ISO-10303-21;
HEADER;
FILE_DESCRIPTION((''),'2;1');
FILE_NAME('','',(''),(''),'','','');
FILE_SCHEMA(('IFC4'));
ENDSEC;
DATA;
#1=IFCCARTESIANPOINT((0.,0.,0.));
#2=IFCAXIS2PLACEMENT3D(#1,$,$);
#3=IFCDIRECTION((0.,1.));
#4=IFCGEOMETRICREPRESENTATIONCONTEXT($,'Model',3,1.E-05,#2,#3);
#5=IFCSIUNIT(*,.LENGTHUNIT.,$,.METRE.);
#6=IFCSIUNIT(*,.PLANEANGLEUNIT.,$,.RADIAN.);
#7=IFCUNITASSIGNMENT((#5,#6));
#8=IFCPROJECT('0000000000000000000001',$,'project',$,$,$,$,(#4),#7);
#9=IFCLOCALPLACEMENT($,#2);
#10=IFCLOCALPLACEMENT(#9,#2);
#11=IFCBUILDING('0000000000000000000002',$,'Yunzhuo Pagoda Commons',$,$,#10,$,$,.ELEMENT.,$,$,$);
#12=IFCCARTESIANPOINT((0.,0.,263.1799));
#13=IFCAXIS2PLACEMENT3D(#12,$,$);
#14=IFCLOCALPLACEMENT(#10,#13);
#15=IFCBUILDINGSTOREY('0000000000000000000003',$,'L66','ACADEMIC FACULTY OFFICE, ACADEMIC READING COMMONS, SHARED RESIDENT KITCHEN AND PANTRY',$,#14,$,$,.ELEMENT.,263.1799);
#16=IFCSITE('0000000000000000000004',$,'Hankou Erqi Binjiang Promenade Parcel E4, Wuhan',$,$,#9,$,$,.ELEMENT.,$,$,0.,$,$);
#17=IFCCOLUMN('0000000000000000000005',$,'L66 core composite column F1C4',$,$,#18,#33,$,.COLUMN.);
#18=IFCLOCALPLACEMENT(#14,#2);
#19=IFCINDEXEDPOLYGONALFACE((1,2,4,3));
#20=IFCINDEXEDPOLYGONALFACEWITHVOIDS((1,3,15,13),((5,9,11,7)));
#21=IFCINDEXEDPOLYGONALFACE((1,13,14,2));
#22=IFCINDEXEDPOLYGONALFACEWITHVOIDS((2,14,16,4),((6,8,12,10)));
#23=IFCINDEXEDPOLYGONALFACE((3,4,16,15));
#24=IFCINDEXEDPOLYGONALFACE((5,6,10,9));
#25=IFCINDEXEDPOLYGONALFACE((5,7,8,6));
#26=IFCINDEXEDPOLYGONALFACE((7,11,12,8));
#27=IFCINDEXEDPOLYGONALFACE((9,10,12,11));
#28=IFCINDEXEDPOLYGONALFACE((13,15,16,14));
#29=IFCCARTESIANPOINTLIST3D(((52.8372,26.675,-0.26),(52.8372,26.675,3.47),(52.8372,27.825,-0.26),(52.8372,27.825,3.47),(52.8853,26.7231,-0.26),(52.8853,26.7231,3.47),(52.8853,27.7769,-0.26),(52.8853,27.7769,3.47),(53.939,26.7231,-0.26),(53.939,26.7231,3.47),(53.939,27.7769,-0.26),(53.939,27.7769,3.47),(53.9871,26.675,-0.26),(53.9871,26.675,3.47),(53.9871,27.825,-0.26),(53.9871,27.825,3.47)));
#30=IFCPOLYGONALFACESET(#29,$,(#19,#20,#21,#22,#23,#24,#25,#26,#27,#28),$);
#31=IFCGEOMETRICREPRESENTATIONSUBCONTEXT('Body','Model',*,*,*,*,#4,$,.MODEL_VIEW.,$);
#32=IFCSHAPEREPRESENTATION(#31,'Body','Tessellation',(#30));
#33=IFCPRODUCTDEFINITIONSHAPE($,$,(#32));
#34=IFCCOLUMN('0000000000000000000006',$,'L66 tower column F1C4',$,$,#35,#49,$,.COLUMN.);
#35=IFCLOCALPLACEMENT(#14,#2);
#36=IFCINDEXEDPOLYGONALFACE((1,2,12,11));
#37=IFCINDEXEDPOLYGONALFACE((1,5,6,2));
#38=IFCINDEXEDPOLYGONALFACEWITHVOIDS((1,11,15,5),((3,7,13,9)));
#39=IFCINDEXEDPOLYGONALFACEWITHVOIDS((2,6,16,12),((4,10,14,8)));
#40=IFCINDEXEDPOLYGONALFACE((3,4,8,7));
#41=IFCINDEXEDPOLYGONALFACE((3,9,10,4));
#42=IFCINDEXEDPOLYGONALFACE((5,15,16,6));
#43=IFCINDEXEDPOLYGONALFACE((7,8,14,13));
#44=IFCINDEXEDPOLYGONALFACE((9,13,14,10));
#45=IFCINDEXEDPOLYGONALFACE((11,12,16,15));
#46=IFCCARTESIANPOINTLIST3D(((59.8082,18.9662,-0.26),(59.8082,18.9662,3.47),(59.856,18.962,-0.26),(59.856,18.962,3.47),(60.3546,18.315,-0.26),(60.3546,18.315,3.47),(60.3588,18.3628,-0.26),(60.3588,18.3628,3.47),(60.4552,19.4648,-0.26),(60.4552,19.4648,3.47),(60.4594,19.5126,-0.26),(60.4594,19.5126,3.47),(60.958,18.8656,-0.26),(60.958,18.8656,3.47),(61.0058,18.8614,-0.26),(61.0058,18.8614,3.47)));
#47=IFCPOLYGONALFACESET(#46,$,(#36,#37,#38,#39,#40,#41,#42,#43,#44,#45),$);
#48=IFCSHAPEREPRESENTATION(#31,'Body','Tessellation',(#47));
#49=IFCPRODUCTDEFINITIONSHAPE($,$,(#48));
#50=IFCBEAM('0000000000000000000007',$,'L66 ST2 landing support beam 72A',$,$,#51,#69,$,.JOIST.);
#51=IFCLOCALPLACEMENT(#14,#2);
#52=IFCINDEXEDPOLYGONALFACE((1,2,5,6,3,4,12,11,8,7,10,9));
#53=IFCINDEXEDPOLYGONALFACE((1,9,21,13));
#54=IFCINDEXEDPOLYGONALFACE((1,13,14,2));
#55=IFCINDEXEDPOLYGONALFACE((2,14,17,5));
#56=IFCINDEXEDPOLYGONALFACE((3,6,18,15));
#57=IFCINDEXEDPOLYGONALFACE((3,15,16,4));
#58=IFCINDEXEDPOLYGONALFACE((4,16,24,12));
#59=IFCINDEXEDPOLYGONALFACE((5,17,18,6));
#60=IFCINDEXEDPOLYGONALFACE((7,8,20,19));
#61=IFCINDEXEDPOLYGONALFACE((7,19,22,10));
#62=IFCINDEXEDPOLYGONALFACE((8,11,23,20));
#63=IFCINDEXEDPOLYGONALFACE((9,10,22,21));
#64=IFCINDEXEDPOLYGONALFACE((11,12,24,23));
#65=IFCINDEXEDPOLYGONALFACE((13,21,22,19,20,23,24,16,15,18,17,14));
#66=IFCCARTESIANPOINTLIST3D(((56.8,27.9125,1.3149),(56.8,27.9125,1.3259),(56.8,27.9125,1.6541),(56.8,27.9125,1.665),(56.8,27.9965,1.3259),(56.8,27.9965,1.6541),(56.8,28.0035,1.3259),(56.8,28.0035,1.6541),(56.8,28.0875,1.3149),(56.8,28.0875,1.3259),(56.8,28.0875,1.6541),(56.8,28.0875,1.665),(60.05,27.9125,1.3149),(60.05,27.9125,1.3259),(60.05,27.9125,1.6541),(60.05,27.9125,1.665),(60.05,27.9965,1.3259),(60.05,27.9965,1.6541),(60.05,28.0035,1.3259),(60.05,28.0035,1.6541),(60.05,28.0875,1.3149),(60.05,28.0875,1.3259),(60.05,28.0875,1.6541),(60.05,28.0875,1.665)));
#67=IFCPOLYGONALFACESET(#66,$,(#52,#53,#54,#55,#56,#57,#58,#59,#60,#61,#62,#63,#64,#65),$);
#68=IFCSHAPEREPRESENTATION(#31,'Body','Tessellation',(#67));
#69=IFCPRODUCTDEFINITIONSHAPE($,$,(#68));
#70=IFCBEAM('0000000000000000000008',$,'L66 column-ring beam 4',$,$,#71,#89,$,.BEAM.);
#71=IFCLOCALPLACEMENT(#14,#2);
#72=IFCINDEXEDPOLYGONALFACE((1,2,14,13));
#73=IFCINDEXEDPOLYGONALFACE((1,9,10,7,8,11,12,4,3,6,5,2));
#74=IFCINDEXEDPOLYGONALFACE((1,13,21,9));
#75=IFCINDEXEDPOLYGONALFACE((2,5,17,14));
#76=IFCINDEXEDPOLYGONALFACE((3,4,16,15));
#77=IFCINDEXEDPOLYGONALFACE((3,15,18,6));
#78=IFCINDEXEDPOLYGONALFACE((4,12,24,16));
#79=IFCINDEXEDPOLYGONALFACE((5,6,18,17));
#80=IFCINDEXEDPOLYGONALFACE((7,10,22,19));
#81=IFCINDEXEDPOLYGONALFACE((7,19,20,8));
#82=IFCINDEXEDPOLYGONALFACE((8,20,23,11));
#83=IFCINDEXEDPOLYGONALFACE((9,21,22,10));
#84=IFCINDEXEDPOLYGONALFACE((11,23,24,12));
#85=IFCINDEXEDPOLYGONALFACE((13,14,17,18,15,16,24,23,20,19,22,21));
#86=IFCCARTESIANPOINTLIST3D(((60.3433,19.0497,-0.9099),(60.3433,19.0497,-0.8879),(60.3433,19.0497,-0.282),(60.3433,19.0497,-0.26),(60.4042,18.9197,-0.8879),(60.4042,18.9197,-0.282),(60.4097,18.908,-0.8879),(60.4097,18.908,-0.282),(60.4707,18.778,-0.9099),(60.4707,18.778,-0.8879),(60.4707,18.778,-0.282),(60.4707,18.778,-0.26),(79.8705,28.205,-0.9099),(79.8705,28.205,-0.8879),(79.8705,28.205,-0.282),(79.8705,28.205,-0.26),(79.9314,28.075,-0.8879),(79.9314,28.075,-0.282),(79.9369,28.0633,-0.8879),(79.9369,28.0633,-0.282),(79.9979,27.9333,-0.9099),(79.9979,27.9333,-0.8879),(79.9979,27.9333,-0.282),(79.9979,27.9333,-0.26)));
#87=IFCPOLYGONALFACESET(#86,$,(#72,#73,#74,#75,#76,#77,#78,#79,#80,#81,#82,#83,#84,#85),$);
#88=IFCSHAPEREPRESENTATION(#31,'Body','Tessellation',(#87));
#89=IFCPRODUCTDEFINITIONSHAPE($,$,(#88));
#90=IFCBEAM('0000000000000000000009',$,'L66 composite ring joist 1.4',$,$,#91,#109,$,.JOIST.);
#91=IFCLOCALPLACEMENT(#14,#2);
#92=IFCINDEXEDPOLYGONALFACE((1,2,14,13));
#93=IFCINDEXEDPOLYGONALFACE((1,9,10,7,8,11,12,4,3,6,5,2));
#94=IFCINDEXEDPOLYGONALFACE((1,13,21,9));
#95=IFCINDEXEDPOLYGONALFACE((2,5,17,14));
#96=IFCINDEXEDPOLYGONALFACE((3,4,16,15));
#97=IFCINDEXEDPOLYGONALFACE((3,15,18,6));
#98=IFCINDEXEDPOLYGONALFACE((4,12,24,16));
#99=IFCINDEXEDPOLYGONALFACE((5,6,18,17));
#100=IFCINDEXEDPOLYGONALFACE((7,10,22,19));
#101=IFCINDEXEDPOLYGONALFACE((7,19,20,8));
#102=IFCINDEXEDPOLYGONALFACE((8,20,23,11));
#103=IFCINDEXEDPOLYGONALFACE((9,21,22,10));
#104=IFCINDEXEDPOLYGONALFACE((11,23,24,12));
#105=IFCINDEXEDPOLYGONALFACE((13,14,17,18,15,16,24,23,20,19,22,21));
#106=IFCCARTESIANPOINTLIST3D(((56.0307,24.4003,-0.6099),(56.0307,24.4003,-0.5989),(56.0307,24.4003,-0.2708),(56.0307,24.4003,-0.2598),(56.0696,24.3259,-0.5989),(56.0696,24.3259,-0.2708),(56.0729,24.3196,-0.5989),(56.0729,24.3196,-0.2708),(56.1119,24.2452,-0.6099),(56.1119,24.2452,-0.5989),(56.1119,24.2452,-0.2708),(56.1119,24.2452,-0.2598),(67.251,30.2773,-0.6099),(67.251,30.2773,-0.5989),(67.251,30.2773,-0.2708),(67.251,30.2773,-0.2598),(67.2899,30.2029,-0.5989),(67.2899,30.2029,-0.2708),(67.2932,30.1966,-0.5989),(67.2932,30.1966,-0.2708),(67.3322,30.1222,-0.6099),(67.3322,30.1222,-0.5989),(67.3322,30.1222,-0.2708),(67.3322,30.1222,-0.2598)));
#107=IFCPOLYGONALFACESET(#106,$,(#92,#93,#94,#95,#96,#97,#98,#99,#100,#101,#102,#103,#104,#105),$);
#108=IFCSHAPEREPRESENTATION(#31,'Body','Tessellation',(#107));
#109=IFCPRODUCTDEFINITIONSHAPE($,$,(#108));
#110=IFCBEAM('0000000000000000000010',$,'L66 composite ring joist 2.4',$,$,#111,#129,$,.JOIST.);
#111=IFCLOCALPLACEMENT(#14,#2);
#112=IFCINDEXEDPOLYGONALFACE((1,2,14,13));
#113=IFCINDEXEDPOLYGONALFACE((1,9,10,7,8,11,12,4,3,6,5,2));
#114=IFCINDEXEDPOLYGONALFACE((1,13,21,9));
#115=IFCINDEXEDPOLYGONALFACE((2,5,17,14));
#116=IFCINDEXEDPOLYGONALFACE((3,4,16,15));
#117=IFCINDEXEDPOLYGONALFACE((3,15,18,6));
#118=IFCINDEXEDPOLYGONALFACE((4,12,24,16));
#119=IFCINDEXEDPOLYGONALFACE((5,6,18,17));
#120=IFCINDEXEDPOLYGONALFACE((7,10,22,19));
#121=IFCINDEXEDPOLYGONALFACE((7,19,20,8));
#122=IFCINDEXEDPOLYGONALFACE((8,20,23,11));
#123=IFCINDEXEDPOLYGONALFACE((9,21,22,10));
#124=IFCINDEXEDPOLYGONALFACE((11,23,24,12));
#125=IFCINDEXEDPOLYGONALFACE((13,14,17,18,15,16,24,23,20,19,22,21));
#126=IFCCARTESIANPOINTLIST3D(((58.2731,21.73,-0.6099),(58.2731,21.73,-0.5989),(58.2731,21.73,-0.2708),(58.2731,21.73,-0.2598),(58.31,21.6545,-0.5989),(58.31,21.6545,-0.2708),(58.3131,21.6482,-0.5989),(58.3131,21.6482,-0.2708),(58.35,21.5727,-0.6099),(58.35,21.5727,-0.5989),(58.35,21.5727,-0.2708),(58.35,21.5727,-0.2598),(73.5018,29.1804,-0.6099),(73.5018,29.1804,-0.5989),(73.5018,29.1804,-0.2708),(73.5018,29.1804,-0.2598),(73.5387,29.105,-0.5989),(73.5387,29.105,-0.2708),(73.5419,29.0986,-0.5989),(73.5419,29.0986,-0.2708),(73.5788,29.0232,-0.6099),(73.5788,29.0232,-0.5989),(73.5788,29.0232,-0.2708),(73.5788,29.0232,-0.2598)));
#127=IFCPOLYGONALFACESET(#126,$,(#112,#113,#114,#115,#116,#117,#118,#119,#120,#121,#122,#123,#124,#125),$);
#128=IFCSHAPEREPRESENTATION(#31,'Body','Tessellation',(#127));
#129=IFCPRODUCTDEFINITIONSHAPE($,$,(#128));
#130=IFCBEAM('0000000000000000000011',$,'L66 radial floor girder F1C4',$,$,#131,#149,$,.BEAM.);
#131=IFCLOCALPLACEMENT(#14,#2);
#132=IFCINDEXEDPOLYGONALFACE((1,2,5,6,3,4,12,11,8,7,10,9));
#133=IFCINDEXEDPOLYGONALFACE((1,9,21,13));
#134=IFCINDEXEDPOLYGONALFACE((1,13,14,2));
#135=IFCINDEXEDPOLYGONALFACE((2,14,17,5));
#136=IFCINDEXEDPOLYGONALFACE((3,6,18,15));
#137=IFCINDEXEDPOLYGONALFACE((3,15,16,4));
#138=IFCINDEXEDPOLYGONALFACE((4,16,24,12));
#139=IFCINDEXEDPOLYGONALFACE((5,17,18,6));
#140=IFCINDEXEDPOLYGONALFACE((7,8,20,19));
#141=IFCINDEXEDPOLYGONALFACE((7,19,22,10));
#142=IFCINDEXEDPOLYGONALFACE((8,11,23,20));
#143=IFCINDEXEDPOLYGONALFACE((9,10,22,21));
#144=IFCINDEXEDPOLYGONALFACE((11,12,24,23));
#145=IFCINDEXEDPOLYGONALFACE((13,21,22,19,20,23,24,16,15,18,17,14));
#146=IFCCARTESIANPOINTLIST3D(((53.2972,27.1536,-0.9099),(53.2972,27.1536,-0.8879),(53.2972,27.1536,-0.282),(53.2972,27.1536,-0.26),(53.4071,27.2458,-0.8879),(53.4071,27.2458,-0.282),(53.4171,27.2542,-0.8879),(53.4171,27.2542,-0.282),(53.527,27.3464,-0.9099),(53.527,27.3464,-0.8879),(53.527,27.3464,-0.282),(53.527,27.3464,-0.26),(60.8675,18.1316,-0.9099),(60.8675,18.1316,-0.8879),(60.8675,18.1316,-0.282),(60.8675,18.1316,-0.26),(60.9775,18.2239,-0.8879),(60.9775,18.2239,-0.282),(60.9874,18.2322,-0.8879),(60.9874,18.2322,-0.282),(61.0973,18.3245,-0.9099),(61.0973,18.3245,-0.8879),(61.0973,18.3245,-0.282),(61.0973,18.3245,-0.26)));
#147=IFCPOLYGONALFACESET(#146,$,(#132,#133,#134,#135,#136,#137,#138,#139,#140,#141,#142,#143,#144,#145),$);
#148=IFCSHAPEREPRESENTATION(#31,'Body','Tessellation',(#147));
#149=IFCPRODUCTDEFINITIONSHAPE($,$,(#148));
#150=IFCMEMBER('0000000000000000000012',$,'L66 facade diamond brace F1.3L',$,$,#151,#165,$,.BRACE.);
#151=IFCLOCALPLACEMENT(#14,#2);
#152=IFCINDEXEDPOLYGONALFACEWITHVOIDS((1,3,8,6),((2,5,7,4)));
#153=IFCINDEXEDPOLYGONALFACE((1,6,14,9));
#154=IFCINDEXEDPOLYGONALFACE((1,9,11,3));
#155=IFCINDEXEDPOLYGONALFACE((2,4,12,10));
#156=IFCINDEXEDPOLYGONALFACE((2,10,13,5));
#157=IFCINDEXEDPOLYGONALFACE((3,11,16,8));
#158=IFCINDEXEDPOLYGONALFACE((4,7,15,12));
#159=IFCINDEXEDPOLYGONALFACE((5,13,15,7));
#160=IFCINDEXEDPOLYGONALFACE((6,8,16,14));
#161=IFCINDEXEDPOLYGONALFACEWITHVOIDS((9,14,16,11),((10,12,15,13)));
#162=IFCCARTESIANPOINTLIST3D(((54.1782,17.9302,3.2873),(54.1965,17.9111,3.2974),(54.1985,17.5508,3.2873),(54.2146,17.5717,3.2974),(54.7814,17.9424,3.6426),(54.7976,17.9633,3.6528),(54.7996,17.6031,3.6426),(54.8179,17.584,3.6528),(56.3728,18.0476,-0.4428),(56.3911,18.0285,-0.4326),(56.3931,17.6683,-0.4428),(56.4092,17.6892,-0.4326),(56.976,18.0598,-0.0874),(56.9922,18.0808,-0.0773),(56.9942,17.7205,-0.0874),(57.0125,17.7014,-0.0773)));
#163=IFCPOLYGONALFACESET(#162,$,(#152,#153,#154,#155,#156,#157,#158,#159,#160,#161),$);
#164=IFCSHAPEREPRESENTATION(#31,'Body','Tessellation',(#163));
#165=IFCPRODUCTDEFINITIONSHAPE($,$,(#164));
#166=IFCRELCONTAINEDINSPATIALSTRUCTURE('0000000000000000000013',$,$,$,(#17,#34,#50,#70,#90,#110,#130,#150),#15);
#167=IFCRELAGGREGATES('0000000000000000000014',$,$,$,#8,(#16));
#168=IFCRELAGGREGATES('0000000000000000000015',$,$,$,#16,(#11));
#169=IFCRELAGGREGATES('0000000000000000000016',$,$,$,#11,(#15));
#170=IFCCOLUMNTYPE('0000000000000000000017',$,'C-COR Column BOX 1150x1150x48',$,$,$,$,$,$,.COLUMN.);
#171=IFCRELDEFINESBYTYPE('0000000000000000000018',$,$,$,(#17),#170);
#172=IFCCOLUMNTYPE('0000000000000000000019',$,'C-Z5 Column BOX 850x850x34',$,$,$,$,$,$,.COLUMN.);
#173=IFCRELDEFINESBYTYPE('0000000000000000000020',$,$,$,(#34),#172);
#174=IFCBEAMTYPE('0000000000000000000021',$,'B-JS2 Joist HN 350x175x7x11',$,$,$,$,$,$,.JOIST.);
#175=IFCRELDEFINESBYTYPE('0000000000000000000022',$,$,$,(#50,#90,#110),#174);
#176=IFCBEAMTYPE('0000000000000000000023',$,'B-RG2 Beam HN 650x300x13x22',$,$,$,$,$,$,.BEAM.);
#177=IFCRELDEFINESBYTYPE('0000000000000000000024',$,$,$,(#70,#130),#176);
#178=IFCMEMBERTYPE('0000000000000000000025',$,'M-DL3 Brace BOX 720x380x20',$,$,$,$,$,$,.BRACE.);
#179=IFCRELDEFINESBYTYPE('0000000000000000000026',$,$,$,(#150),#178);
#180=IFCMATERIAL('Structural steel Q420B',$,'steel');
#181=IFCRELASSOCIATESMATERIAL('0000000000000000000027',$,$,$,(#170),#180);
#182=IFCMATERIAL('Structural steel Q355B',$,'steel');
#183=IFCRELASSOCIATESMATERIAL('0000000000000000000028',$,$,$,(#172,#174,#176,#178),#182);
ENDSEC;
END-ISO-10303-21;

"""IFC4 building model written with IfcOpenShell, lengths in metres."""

from ifc_helpers import new_model, si_unit, direction, frame, origin, origin_2d, place, context, subcontext, project, spatial, hollow_rectangle, i_section, extrude, source, transform, mapped, material, material_profile, profile_set, type_object, element, save


model = new_model("IFC4")

# Units and contexts
model_context = context("Model", 3, precision=1e-05, world=origin(), true_north=direction((0.0, 1.0)))
body_context = subcontext(model_context, "Body", "Model", "MODEL_VIEW")
ifc_project = project(units=[si_unit("LENGTHUNIT", "METRE"), si_unit("PLANEANGLEUNIT", "RADIAN")], contexts=[model_context])

# Site, building, storey
site_placement = place(None, origin())
site = spatial("IfcSite", under=ifc_project, at=site_placement, Name="Hankou Erqi Binjiang Promenade Parcel E4, Wuhan", CompositionType="ELEMENT", RefElevation=0.0)
building_placement = place(site_placement, origin())
building = spatial("IfcBuilding", under=site, at=building_placement, Name="Yunzhuo Pagoda Commons", CompositionType="ELEMENT")
storey_placement = place(building_placement, frame((0.0, 0.0, 263.1799)))
storey = spatial("IfcBuildingStorey", under=building, at=storey_placement, Name="L66", Description="ACADEMIC FACULTY OFFICE, ACADEMIC READING COMMONS, SHARED RESIDENT KITCHEN AND PANTRY", CompositionType="ELEMENT", Elevation=263.1799)

# Columns
ifc_material_1 = material(Name="Structural steel Q420B", Category="steel")
ifc_material_profile_1 = material_profile(ifc_material_1, hollow_rectangle(XDim=1.1499, YDim=1.1499, WallThickness=0.0481, at=origin_2d()), Name="Structural steel Q420B")
ifc_profile_set_1 = profile_set([ifc_material_profile_1], Name="Structural steel Q420B")
column_type_1 = type_object("IfcColumnType", Name="C-COR Column BOX 1150x1150x48", PredefinedType="COLUMN", material=ifc_profile_set_1)
shared_shape_1 = source(origin(), body_context, "Body", "SweptSolid", [
    extrude(hollow_rectangle(XDim=1.1499, YDim=1.1499, WallThickness=0.0481, at=origin_2d()), origin(), (0.0, 0.0, 1.0), 3.73),
])
column_1_placement = place(storey_placement, frame((53.4121, 27.25, -0.26), z_axis=(0.0, 0.0, 1.0), x_axis=(1.0, 0.0, 0.0)))
element("IfcColumn", 1, at=column_1_placement, inside=storey, type_object=column_type_1, Name="L66 core composite column F1C4", PredefinedType="COLUMN", context=body_context, shape_type="MappedRepresentation", body=[
    mapped(shared_shape_1, transform((0.0, 0.0, 0.0), scale=1.0)),
])
ifc_material_2 = material(Name="Structural steel Q355B", Category="steel")
ifc_material_profile_2 = material_profile(ifc_material_2, hollow_rectangle(XDim=0.8501, YDim=0.8501, WallThickness=0.0339, at=origin_2d()), Name="Structural steel Q355B")
ifc_profile_set_2 = profile_set([ifc_material_profile_2], Name="Structural steel Q355B")
column_type_2 = type_object("IfcColumnType", Name="C-Z5 Column BOX 850x850x34", PredefinedType="COLUMN", material=ifc_profile_set_2)
shared_shape_2 = source(origin(), body_context, "Body", "SweptSolid", [
    extrude(hollow_rectangle(XDim=0.8501, YDim=0.8501, WallThickness=0.0339, at=origin_2d()), origin(), (0.0, 0.0, 1.0), 3.73),
])
column_2_placement = place(storey_placement, frame((60.407, 18.9138, -0.26), z_axis=(0.0, 0.0, 1.0), x_axis=(0.766044, 0.642788, 0.0)))
element("IfcColumn", 2, at=column_2_placement, inside=storey, type_object=column_type_2, Name="L66 tower column F1C4", PredefinedType="COLUMN", context=body_context, shape_type="MappedRepresentation", body=[
    mapped(shared_shape_2, transform((0.0, 0.0, 0.0), scale=1.0)),
])

# Beams
ifc_material_profile_3 = material_profile(ifc_material_2, i_section(OverallWidth=0.175, OverallDepth=0.3501, WebThickness=0.0071, FlangeThickness=0.011, at=origin_2d()), Name="Structural steel Q355B")
ifc_profile_set_3 = profile_set([ifc_material_profile_3], Name="Structural steel Q355B")
beam_type_1 = type_object("IfcBeamType", Name="B-JS2 Joist HN 350x175x7x11", PredefinedType="JOIST", material=ifc_profile_set_3)
shared_shape_3 = source(origin(), body_context, "Body", "SweptSolid", [
    extrude(i_section(OverallWidth=0.175, OverallDepth=0.3501, WebThickness=0.0071, FlangeThickness=0.011, at=origin_2d()), origin(), (0.0, 0.0, 1.0), 3.25),
])
beam_1_placement = place(storey_placement, frame((56.8, 28.0, 1.49), z_axis=(1.0, 0.0, 0.0), x_axis=(0.0, 1.0, 0.0)))
element("IfcBeam", 3, at=beam_1_placement, inside=storey, type_object=beam_type_1, Name="L66 ST2 landing support beam 72A", PredefinedType="JOIST", context=body_context, shape_type="MappedRepresentation", body=[
    mapped(shared_shape_3, transform((0.0, 0.0, 0.0), scale=1.0)),
])
ifc_material_profile_4 = material_profile(ifc_material_2, i_section(OverallWidth=0.3, OverallDepth=0.6499, WebThickness=0.0129, FlangeThickness=0.022, at=origin_2d()), Name="Structural steel Q355B")
ifc_profile_set_4 = profile_set([ifc_material_profile_4], Name="Structural steel Q355B")
beam_type_2 = type_object("IfcBeamType", Name="B-RG2 Beam HN 650x300x13x22", PredefinedType="BEAM", material=ifc_profile_set_4)
shared_shape_4 = source(origin(), body_context, "Body", "SweptSolid", [
    extrude(i_section(OverallWidth=0.3, OverallDepth=0.6499, WebThickness=0.0129, FlangeThickness=0.022, at=origin_2d()), origin(), (0.0, 0.0, 1.0), 21.5669),
])
beam_2_placement = place(storey_placement, frame((60.407, 18.9138, -0.585), z_axis=(0.905424, 0.424508, 0.0), x_axis=(-0.424508, 0.905424, 0.0)))
element("IfcBeam", 4, at=beam_2_placement, inside=storey, type_object=beam_type_2, Name="L66 column-ring beam 4", PredefinedType="BEAM", context=body_context, shape_type="MappedRepresentation", body=[
    mapped(shared_shape_4, transform((0.0, 0.0, 0.0), scale=1.0)),
])
shared_shape_5 = source(origin(), body_context, "Body", "SweptSolid", [
    extrude(i_section(OverallWidth=0.175, OverallDepth=0.3501, WebThickness=0.0071, FlangeThickness=0.011, at=origin_2d()), origin(), (0.0, 0.0, 1.0), 12.6663),
])
beam_3_placement = place(storey_placement, frame((56.0713, 24.3228, -0.4348), z_axis=(0.885841, 0.463988, 0.0), x_axis=(-0.463988, 0.885841, 0.0)))
element("IfcBeam", 5, at=beam_3_placement, inside=storey, type_object=beam_type_1, Name="L66 composite ring joist 1.4", PredefinedType="JOIST", context=body_context, shape_type="MappedRepresentation", body=[
    mapped(shared_shape_5, transform((0.0, 0.0, 0.0), scale=1.0)),
])
shared_shape_6 = source(origin(), body_context, "Body", "SweptSolid", [
    extrude(i_section(OverallWidth=0.175, OverallDepth=0.3501, WebThickness=0.0071, FlangeThickness=0.011, at=origin_2d()), origin(), (0.0, 0.0, 1.0), 16.9536),
])
beam_4_placement = place(storey_placement, frame((58.3115, 21.6514, -0.4348), z_axis=(0.898262, 0.439461, 0.0), x_axis=(-0.439461, 0.898262, 0.0)))
element("IfcBeam", 6, at=beam_4_placement, inside=storey, type_object=beam_type_1, Name="L66 composite ring joist 2.4", PredefinedType="JOIST", context=body_context, shape_type="MappedRepresentation", body=[
    mapped(shared_shape_6, transform((0.0, 0.0, 0.0), scale=1.0)),
])
shared_shape_7 = source(origin(), body_context, "Body", "SweptSolid", [
    extrude(i_section(OverallWidth=0.3, OverallDepth=0.6499, WebThickness=0.0129, FlangeThickness=0.022, at=origin_2d()), origin(), (0.0, 0.0, 1.0), 11.7773),
])
beam_5_placement = place(storey_placement, frame((60.9824, 18.228, -0.585), z_axis=(-0.642787, 0.766045, 0.0), x_axis=(-0.766045, -0.642787, 0.0)))
element("IfcBeam", 7, at=beam_5_placement, inside=storey, type_object=beam_type_2, Name="L66 radial floor girder F1C4", PredefinedType="BEAM", context=body_context, shape_type="MappedRepresentation", body=[
    mapped(shared_shape_7, transform((0.0, 0.0, 0.0), scale=1.0)),
])

# Member
ifc_material_profile_5 = material_profile(ifc_material_2, hollow_rectangle(XDim=0.3799, YDim=0.72, WallThickness=0.02, at=origin_2d()), Name="Structural steel Q355B")
ifc_profile_set_5 = profile_set([ifc_material_profile_5], Name="Structural steel Q355B")
member_type_1 = type_object("IfcMemberType", Name="M-DL3 Brace BOX 720x380x20", PredefinedType="BRACE", material=ifc_profile_set_5)
shared_shape_8 = source(origin(), body_context, "Body", "SweptSolid", [
    extrude(hollow_rectangle(XDim=0.3799, YDim=0.72, WallThickness=0.02, at=origin_2d()), origin(), (0.0, 0.0, 1.0), 4.3293),
])
for number, where, z_axis, x_axis, name in (
    (8, (56.6926, 17.8745, -0.26), (-0.506915, -0.027125, 0.861569), (0.053433, -0.998571, 0.0), "L66 facade diamond brace F1.3L"),
):
    element("IfcMember", number, at=place(storey_placement, frame(where, z_axis=z_axis, x_axis=x_axis)), inside=storey, type_object=member_type_1, Name=name, PredefinedType="BRACE", context=body_context, shape_type="MappedRepresentation", body=[
        mapped(shared_shape_8, transform((0.0, 0.0, 0.0), scale=1.0)),
    ])

save(model, "model.ifc")
